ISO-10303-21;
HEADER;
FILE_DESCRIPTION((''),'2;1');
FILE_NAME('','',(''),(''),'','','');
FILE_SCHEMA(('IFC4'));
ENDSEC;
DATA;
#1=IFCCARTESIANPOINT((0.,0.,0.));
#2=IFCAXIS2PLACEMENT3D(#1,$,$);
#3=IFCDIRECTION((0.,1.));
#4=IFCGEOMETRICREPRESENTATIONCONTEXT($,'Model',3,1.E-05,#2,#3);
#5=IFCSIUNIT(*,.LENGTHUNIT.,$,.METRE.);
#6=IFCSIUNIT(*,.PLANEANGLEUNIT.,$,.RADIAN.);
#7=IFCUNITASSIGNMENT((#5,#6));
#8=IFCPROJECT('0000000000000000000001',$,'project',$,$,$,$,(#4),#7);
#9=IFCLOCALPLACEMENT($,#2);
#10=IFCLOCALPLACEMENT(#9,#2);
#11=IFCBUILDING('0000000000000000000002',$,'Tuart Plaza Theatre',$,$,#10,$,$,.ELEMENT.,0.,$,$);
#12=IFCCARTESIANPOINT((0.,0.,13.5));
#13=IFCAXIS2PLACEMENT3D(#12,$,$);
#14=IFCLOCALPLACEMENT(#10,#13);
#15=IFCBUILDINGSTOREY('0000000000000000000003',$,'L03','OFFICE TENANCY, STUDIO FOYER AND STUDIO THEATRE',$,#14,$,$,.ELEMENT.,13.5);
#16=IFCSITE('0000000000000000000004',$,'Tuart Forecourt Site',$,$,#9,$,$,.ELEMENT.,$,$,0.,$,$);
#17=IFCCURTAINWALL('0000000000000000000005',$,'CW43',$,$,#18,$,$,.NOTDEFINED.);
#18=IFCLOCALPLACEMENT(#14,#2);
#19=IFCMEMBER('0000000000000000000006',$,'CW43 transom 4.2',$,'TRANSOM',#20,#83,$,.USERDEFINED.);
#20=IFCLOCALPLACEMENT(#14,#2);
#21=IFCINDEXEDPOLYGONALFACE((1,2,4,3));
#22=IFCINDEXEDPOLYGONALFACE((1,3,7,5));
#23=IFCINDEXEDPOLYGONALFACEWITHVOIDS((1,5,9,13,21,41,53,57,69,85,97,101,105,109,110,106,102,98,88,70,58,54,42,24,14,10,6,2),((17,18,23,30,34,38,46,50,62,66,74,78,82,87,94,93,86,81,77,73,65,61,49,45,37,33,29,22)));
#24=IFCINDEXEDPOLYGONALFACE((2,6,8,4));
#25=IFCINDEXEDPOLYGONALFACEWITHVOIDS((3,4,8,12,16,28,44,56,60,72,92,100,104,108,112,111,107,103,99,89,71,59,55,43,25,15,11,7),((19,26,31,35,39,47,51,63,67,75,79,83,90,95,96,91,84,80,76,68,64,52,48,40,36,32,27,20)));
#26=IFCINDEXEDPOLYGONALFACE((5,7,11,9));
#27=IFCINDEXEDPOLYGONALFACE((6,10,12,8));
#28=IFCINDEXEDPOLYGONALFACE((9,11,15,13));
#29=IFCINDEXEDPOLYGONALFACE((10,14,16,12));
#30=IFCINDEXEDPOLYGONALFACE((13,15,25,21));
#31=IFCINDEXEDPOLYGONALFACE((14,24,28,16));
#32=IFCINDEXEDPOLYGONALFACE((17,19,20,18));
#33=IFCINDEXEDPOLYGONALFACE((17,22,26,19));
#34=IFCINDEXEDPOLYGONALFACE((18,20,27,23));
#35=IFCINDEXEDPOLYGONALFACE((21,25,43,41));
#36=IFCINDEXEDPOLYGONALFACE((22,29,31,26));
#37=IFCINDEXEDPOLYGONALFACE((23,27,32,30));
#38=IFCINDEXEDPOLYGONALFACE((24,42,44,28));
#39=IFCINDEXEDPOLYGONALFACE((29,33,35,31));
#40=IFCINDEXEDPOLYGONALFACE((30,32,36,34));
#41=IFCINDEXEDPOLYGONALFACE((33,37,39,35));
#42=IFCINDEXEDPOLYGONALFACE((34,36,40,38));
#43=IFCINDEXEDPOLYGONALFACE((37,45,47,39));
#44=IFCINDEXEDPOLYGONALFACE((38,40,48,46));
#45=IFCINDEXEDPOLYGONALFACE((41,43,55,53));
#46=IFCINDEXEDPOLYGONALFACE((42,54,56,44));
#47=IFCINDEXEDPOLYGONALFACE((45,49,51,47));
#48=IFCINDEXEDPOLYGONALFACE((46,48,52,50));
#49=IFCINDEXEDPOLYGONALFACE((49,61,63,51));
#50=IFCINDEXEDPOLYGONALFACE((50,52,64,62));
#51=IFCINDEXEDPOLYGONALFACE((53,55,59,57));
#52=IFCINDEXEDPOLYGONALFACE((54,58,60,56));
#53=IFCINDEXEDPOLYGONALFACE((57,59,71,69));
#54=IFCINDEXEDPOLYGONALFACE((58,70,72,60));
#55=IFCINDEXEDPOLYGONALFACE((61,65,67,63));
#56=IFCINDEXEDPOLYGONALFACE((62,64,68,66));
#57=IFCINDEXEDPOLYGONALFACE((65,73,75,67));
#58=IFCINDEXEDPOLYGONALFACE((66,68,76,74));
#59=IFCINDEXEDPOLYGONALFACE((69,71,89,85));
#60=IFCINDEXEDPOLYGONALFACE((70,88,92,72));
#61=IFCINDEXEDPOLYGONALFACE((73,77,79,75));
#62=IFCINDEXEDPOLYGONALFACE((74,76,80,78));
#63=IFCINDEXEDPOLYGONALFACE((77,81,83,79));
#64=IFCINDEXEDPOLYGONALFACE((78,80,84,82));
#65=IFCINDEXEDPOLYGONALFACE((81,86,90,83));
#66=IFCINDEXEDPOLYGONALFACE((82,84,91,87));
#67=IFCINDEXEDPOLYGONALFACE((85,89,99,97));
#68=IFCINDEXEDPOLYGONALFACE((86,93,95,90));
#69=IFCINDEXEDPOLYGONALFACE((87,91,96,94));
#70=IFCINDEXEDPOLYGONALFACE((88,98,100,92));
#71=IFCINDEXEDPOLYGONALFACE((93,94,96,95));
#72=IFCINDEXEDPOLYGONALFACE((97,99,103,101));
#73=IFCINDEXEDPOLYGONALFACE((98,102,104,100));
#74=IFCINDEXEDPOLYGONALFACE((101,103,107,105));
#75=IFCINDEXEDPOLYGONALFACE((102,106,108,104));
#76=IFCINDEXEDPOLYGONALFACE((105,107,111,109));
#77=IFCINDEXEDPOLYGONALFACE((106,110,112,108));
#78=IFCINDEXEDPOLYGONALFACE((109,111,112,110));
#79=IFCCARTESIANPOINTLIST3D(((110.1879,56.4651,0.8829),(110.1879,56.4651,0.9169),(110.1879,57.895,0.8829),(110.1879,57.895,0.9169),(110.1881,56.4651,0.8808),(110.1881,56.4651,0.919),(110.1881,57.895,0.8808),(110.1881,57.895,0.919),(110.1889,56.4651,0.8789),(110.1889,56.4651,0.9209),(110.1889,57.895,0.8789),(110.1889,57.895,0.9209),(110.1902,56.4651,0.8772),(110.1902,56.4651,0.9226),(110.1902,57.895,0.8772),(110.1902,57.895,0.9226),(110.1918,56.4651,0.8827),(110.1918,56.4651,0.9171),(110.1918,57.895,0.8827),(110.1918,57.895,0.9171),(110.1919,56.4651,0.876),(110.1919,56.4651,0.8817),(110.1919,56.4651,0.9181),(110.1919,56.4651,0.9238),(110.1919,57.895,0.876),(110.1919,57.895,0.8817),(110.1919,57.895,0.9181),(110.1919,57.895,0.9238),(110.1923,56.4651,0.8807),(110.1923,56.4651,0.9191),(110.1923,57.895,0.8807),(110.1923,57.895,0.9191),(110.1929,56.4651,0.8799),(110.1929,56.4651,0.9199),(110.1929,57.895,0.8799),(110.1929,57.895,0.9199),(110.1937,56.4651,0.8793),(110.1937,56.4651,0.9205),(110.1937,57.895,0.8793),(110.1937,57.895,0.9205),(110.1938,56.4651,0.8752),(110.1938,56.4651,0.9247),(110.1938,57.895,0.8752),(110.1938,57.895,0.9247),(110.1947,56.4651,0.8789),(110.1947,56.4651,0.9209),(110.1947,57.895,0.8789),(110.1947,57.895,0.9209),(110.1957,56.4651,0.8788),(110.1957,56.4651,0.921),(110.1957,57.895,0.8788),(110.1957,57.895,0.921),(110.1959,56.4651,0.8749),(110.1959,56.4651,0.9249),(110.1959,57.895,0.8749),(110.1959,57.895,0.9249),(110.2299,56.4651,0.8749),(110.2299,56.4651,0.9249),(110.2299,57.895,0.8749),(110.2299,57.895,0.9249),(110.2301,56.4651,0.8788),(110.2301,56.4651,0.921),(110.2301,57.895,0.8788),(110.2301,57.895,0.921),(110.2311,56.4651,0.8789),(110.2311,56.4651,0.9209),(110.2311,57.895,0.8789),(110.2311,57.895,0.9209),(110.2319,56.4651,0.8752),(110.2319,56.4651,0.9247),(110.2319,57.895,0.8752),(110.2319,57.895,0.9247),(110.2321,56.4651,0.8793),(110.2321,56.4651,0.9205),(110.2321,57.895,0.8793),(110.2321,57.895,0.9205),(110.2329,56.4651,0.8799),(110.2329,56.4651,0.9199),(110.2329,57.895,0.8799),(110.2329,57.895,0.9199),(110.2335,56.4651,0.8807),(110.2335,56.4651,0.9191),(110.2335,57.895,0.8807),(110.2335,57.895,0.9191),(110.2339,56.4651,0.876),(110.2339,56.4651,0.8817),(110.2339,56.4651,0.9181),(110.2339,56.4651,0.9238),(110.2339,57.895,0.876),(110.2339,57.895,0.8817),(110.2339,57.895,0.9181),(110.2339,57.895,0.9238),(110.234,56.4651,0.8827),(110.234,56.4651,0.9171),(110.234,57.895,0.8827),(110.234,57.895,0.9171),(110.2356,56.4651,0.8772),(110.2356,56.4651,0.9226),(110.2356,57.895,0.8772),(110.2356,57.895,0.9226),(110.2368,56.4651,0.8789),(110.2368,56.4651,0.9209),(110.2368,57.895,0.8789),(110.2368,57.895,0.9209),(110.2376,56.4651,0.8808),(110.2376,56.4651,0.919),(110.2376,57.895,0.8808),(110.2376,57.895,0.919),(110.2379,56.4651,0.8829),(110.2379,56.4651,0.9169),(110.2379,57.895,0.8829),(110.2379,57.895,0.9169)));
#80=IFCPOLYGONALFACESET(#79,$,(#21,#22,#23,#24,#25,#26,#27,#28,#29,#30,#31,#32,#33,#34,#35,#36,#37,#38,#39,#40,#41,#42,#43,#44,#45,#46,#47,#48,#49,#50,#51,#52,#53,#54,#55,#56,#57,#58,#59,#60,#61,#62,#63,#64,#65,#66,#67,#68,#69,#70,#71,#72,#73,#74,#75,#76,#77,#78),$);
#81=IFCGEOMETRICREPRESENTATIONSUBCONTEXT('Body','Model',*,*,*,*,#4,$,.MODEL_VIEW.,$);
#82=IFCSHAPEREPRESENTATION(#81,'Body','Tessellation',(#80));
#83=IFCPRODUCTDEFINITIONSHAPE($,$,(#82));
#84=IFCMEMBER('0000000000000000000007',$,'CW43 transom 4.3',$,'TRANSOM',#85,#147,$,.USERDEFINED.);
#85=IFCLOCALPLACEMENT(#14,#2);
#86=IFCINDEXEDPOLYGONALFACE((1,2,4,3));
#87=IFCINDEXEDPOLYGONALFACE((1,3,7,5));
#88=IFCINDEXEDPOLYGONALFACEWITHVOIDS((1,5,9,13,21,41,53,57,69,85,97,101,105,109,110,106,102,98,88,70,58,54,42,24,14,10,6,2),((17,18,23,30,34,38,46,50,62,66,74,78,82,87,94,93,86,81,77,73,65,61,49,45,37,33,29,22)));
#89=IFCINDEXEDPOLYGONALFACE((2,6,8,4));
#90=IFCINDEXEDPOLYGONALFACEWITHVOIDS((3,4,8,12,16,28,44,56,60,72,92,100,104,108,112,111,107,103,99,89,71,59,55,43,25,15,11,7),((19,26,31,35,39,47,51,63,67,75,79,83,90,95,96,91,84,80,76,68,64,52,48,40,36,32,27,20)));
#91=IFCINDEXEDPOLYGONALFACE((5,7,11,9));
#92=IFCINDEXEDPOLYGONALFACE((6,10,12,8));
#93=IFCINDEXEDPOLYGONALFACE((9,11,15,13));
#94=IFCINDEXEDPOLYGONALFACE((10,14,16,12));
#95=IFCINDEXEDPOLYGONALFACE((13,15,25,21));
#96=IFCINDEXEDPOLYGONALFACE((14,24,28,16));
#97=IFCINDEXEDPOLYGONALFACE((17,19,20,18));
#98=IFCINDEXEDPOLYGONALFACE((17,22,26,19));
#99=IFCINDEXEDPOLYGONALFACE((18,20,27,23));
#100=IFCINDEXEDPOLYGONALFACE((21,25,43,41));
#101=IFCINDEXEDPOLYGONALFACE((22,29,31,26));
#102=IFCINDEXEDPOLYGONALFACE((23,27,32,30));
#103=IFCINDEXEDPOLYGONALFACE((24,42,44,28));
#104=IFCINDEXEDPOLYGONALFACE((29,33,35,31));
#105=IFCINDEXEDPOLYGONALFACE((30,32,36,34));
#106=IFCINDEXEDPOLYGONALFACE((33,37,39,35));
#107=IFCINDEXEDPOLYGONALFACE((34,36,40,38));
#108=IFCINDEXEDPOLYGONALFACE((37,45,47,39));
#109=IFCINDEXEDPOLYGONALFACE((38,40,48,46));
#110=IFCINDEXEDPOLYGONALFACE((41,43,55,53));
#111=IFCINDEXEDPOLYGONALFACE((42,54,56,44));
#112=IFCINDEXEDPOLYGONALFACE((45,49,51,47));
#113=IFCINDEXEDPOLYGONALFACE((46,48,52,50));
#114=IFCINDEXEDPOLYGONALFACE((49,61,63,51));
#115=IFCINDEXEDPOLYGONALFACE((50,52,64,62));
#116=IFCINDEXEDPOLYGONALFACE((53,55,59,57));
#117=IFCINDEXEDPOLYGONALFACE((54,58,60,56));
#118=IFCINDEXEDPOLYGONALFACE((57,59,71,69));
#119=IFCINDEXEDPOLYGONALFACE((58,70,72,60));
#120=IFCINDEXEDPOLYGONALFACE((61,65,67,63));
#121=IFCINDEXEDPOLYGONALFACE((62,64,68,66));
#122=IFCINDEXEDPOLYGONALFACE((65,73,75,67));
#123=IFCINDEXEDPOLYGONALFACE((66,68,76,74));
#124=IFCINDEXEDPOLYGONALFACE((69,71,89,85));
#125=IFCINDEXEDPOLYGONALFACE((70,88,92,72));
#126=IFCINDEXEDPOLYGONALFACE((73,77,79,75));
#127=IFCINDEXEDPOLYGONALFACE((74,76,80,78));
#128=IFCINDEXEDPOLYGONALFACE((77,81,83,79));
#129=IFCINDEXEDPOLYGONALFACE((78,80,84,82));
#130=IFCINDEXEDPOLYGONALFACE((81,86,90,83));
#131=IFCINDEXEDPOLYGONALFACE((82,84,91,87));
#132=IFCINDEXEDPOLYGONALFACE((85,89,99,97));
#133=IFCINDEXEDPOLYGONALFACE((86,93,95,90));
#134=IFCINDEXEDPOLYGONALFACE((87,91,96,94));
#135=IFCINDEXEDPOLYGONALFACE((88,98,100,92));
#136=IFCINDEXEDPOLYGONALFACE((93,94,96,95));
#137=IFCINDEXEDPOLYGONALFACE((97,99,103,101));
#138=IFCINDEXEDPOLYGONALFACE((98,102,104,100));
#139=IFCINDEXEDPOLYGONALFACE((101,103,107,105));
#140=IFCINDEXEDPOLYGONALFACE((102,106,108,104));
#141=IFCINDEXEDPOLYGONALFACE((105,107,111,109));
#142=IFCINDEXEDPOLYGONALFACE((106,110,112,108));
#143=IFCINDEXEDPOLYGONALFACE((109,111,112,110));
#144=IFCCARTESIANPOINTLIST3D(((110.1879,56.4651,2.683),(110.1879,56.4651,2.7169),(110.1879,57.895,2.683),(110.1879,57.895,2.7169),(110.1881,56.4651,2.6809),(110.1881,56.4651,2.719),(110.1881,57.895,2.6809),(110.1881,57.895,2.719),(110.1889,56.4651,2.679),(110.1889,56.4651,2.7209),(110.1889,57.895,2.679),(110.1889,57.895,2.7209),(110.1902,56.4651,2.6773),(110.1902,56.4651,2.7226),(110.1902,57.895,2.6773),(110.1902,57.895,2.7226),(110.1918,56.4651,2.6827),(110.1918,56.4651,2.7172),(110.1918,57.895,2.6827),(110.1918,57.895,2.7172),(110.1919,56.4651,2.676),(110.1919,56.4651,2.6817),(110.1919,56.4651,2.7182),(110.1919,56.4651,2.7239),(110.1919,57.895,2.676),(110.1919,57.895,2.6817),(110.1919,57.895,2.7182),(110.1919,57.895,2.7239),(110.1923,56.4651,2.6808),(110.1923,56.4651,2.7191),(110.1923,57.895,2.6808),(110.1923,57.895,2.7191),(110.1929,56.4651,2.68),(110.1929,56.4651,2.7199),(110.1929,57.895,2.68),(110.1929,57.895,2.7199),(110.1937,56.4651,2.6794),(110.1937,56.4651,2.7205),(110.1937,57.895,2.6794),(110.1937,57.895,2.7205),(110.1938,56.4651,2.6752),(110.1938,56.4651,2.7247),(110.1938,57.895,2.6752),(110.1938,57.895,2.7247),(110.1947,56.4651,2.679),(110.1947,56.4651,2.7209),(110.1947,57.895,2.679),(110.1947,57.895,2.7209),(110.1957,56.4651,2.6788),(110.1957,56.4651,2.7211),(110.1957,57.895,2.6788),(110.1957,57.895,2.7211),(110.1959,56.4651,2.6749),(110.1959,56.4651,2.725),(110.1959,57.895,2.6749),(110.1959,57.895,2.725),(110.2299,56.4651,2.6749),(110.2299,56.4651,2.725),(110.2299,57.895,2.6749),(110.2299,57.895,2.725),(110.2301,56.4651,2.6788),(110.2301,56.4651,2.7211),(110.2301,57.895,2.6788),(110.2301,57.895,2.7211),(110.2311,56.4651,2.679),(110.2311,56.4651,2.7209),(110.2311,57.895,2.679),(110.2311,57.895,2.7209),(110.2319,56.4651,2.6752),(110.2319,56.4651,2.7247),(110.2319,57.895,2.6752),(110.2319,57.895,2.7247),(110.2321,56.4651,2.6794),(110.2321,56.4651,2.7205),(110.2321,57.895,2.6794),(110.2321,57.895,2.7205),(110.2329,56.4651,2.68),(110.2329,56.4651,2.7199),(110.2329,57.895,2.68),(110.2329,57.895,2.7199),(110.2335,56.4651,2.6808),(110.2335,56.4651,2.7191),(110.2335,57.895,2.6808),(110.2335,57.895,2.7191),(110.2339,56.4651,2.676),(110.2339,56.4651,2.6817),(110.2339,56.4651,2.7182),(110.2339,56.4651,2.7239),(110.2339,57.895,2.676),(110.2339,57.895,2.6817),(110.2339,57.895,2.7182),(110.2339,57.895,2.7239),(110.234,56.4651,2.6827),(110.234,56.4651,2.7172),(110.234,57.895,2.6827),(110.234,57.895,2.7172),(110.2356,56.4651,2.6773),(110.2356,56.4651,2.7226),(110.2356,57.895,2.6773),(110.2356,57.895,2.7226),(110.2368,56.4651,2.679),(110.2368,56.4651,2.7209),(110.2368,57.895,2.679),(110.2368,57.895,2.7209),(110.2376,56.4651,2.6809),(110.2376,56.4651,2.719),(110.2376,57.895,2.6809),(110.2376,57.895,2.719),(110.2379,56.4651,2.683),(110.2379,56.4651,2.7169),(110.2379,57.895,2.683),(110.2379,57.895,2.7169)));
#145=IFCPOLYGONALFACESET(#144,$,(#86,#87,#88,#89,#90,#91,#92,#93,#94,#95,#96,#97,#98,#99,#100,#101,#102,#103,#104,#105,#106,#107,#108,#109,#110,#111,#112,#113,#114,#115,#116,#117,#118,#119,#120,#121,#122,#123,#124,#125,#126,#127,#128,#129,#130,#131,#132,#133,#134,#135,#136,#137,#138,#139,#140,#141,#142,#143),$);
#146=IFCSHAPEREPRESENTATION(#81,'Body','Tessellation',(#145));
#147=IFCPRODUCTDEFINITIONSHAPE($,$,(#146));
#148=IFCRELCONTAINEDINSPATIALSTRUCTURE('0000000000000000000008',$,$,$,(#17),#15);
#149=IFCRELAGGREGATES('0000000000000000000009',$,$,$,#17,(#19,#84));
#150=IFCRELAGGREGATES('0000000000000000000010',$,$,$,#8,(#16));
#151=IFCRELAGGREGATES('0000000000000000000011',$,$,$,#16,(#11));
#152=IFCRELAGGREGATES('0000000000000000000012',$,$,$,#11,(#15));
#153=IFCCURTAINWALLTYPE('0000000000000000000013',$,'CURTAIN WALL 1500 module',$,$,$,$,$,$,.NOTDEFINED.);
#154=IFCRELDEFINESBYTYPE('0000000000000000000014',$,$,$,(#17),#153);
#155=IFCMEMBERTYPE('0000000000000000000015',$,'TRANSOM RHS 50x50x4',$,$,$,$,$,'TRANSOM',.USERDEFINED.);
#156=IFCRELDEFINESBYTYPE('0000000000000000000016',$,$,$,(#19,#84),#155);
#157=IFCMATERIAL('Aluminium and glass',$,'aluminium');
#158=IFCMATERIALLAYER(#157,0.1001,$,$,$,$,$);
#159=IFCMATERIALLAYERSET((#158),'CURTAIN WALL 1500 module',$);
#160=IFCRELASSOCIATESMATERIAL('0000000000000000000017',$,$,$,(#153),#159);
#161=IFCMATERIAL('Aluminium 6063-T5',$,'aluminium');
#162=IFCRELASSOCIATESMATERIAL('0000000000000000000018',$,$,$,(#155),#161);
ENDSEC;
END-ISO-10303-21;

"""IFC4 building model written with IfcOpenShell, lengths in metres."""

from ifc_helpers import new_model, si_unit, direction, frame, origin, origin_2d, place, context, subcontext, project, spatial, hollow_rectangle, extrude, material, layer, layer_set, material_profile, profile_set, type_object, element, aggregate, save


model = new_model("IFC4")

# Units and contexts
model_context = context("Model", 3, precision=1e-05, world=origin(), true_north=direction((0.0, 1.0)))
body_context = subcontext(model_context, "Body", "Model", "MODEL_VIEW")
ifc_project = project(units=[si_unit("LENGTHUNIT", "METRE"), si_unit("PLANEANGLEUNIT", "RADIAN")], contexts=[model_context])

# Site, building, storey
site_placement = place(None, origin())
site = spatial("IfcSite", under=ifc_project, at=site_placement, Name="Tuart Forecourt Site", CompositionType="ELEMENT", RefElevation=0.0)
building_placement = place(site_placement, origin())
building = spatial("IfcBuilding", under=site, at=building_placement, Name="Tuart Plaza Theatre", CompositionType="ELEMENT", ElevationOfRefHeight=0.0)
storey_placement = place(building_placement, frame((0.0, 0.0, 13.5)))
storey = spatial("IfcBuildingStorey", under=building, at=storey_placement, Name="L03", Description="OFFICE TENANCY, STUDIO FOYER AND STUDIO THEATRE", CompositionType="ELEMENT", Elevation=13.5)

# Curtain wall, members
ifc_material_1 = material(Name="Aluminium and glass", Category="aluminium")
ifc_layer_1 = layer(ifc_material_1, 0.1001)
ifc_layer_set_1 = layer_set([ifc_layer_1], Name="CURTAIN WALL 1500 module")
curtain_wall_type = type_object("IfcCurtainWallType", Name="CURTAIN WALL 1500 module", PredefinedType="NOTDEFINED", material=ifc_layer_set_1)
curtain_wall_placement = place(storey_placement, origin())
curtain_wall = element("IfcCurtainWall", 1, at=curtain_wall_placement, inside=storey, type_object=curtain_wall_type, Name="CW43", PredefinedType="NOTDEFINED")
ifc_material_2 = material(Name="Aluminium 6063-T5", Category="aluminium")
ifc_material_profile_1 = material_profile(ifc_material_2, hollow_rectangle(XDim=0.05, YDim=0.05, WallThickness=0.0039, InnerFilletRadius=0.0039, OuterFilletRadius=0.0081, at=origin_2d()), Name="RHS 50x50x4")
ifc_profile_set_1 = profile_set([ifc_material_profile_1], Name="Aluminium 6063-T5")
member_type_1 = type_object("IfcMemberType", Name="TRANSOM RHS 50x50x4", ElementType="TRANSOM", PredefinedType="USERDEFINED", material=ifc_profile_set_1)
member_1_placement = place(storey_placement, frame((110.2129, 56.4651, 0.8999), z_axis=(0.0, 1.0, 0.0), x_axis=(-1.0, 0.0, 0.0)))
member_1 = element("IfcMember", 2, at=member_1_placement, type_object=member_type_1, Name="CW43 transom 4.2", ObjectType="TRANSOM", PredefinedType="USERDEFINED", context=body_context, shape_type="SweptSolid", body=[
    extrude(hollow_rectangle(XDim=0.05, YDim=0.05, WallThickness=0.0039, InnerFilletRadius=0.0039, OuterFilletRadius=0.0081, at=origin_2d()), origin(), (0.0, 0.0, 1.0), 1.4299),
])
member_2_placement = place(storey_placement, frame((110.2129, 56.4651, 2.7), z_axis=(0.0, 1.0, 0.0), x_axis=(-1.0, 0.0, 0.0)))
member_2 = element("IfcMember", 3, at=member_2_placement, type_object=member_type_1, Name="CW43 transom 4.3", ObjectType="TRANSOM", PredefinedType="USERDEFINED", context=body_context, shape_type="SweptSolid", body=[
    extrude(hollow_rectangle(XDim=0.05, YDim=0.05, WallThickness=0.0039, InnerFilletRadius=0.0039, OuterFilletRadius=0.0081, at=origin_2d()), origin(), (0.0, 0.0, 1.0), 1.4299),
])
aggregate(curtain_wall, [member_1, member_2])

save(model, "model.ifc")
